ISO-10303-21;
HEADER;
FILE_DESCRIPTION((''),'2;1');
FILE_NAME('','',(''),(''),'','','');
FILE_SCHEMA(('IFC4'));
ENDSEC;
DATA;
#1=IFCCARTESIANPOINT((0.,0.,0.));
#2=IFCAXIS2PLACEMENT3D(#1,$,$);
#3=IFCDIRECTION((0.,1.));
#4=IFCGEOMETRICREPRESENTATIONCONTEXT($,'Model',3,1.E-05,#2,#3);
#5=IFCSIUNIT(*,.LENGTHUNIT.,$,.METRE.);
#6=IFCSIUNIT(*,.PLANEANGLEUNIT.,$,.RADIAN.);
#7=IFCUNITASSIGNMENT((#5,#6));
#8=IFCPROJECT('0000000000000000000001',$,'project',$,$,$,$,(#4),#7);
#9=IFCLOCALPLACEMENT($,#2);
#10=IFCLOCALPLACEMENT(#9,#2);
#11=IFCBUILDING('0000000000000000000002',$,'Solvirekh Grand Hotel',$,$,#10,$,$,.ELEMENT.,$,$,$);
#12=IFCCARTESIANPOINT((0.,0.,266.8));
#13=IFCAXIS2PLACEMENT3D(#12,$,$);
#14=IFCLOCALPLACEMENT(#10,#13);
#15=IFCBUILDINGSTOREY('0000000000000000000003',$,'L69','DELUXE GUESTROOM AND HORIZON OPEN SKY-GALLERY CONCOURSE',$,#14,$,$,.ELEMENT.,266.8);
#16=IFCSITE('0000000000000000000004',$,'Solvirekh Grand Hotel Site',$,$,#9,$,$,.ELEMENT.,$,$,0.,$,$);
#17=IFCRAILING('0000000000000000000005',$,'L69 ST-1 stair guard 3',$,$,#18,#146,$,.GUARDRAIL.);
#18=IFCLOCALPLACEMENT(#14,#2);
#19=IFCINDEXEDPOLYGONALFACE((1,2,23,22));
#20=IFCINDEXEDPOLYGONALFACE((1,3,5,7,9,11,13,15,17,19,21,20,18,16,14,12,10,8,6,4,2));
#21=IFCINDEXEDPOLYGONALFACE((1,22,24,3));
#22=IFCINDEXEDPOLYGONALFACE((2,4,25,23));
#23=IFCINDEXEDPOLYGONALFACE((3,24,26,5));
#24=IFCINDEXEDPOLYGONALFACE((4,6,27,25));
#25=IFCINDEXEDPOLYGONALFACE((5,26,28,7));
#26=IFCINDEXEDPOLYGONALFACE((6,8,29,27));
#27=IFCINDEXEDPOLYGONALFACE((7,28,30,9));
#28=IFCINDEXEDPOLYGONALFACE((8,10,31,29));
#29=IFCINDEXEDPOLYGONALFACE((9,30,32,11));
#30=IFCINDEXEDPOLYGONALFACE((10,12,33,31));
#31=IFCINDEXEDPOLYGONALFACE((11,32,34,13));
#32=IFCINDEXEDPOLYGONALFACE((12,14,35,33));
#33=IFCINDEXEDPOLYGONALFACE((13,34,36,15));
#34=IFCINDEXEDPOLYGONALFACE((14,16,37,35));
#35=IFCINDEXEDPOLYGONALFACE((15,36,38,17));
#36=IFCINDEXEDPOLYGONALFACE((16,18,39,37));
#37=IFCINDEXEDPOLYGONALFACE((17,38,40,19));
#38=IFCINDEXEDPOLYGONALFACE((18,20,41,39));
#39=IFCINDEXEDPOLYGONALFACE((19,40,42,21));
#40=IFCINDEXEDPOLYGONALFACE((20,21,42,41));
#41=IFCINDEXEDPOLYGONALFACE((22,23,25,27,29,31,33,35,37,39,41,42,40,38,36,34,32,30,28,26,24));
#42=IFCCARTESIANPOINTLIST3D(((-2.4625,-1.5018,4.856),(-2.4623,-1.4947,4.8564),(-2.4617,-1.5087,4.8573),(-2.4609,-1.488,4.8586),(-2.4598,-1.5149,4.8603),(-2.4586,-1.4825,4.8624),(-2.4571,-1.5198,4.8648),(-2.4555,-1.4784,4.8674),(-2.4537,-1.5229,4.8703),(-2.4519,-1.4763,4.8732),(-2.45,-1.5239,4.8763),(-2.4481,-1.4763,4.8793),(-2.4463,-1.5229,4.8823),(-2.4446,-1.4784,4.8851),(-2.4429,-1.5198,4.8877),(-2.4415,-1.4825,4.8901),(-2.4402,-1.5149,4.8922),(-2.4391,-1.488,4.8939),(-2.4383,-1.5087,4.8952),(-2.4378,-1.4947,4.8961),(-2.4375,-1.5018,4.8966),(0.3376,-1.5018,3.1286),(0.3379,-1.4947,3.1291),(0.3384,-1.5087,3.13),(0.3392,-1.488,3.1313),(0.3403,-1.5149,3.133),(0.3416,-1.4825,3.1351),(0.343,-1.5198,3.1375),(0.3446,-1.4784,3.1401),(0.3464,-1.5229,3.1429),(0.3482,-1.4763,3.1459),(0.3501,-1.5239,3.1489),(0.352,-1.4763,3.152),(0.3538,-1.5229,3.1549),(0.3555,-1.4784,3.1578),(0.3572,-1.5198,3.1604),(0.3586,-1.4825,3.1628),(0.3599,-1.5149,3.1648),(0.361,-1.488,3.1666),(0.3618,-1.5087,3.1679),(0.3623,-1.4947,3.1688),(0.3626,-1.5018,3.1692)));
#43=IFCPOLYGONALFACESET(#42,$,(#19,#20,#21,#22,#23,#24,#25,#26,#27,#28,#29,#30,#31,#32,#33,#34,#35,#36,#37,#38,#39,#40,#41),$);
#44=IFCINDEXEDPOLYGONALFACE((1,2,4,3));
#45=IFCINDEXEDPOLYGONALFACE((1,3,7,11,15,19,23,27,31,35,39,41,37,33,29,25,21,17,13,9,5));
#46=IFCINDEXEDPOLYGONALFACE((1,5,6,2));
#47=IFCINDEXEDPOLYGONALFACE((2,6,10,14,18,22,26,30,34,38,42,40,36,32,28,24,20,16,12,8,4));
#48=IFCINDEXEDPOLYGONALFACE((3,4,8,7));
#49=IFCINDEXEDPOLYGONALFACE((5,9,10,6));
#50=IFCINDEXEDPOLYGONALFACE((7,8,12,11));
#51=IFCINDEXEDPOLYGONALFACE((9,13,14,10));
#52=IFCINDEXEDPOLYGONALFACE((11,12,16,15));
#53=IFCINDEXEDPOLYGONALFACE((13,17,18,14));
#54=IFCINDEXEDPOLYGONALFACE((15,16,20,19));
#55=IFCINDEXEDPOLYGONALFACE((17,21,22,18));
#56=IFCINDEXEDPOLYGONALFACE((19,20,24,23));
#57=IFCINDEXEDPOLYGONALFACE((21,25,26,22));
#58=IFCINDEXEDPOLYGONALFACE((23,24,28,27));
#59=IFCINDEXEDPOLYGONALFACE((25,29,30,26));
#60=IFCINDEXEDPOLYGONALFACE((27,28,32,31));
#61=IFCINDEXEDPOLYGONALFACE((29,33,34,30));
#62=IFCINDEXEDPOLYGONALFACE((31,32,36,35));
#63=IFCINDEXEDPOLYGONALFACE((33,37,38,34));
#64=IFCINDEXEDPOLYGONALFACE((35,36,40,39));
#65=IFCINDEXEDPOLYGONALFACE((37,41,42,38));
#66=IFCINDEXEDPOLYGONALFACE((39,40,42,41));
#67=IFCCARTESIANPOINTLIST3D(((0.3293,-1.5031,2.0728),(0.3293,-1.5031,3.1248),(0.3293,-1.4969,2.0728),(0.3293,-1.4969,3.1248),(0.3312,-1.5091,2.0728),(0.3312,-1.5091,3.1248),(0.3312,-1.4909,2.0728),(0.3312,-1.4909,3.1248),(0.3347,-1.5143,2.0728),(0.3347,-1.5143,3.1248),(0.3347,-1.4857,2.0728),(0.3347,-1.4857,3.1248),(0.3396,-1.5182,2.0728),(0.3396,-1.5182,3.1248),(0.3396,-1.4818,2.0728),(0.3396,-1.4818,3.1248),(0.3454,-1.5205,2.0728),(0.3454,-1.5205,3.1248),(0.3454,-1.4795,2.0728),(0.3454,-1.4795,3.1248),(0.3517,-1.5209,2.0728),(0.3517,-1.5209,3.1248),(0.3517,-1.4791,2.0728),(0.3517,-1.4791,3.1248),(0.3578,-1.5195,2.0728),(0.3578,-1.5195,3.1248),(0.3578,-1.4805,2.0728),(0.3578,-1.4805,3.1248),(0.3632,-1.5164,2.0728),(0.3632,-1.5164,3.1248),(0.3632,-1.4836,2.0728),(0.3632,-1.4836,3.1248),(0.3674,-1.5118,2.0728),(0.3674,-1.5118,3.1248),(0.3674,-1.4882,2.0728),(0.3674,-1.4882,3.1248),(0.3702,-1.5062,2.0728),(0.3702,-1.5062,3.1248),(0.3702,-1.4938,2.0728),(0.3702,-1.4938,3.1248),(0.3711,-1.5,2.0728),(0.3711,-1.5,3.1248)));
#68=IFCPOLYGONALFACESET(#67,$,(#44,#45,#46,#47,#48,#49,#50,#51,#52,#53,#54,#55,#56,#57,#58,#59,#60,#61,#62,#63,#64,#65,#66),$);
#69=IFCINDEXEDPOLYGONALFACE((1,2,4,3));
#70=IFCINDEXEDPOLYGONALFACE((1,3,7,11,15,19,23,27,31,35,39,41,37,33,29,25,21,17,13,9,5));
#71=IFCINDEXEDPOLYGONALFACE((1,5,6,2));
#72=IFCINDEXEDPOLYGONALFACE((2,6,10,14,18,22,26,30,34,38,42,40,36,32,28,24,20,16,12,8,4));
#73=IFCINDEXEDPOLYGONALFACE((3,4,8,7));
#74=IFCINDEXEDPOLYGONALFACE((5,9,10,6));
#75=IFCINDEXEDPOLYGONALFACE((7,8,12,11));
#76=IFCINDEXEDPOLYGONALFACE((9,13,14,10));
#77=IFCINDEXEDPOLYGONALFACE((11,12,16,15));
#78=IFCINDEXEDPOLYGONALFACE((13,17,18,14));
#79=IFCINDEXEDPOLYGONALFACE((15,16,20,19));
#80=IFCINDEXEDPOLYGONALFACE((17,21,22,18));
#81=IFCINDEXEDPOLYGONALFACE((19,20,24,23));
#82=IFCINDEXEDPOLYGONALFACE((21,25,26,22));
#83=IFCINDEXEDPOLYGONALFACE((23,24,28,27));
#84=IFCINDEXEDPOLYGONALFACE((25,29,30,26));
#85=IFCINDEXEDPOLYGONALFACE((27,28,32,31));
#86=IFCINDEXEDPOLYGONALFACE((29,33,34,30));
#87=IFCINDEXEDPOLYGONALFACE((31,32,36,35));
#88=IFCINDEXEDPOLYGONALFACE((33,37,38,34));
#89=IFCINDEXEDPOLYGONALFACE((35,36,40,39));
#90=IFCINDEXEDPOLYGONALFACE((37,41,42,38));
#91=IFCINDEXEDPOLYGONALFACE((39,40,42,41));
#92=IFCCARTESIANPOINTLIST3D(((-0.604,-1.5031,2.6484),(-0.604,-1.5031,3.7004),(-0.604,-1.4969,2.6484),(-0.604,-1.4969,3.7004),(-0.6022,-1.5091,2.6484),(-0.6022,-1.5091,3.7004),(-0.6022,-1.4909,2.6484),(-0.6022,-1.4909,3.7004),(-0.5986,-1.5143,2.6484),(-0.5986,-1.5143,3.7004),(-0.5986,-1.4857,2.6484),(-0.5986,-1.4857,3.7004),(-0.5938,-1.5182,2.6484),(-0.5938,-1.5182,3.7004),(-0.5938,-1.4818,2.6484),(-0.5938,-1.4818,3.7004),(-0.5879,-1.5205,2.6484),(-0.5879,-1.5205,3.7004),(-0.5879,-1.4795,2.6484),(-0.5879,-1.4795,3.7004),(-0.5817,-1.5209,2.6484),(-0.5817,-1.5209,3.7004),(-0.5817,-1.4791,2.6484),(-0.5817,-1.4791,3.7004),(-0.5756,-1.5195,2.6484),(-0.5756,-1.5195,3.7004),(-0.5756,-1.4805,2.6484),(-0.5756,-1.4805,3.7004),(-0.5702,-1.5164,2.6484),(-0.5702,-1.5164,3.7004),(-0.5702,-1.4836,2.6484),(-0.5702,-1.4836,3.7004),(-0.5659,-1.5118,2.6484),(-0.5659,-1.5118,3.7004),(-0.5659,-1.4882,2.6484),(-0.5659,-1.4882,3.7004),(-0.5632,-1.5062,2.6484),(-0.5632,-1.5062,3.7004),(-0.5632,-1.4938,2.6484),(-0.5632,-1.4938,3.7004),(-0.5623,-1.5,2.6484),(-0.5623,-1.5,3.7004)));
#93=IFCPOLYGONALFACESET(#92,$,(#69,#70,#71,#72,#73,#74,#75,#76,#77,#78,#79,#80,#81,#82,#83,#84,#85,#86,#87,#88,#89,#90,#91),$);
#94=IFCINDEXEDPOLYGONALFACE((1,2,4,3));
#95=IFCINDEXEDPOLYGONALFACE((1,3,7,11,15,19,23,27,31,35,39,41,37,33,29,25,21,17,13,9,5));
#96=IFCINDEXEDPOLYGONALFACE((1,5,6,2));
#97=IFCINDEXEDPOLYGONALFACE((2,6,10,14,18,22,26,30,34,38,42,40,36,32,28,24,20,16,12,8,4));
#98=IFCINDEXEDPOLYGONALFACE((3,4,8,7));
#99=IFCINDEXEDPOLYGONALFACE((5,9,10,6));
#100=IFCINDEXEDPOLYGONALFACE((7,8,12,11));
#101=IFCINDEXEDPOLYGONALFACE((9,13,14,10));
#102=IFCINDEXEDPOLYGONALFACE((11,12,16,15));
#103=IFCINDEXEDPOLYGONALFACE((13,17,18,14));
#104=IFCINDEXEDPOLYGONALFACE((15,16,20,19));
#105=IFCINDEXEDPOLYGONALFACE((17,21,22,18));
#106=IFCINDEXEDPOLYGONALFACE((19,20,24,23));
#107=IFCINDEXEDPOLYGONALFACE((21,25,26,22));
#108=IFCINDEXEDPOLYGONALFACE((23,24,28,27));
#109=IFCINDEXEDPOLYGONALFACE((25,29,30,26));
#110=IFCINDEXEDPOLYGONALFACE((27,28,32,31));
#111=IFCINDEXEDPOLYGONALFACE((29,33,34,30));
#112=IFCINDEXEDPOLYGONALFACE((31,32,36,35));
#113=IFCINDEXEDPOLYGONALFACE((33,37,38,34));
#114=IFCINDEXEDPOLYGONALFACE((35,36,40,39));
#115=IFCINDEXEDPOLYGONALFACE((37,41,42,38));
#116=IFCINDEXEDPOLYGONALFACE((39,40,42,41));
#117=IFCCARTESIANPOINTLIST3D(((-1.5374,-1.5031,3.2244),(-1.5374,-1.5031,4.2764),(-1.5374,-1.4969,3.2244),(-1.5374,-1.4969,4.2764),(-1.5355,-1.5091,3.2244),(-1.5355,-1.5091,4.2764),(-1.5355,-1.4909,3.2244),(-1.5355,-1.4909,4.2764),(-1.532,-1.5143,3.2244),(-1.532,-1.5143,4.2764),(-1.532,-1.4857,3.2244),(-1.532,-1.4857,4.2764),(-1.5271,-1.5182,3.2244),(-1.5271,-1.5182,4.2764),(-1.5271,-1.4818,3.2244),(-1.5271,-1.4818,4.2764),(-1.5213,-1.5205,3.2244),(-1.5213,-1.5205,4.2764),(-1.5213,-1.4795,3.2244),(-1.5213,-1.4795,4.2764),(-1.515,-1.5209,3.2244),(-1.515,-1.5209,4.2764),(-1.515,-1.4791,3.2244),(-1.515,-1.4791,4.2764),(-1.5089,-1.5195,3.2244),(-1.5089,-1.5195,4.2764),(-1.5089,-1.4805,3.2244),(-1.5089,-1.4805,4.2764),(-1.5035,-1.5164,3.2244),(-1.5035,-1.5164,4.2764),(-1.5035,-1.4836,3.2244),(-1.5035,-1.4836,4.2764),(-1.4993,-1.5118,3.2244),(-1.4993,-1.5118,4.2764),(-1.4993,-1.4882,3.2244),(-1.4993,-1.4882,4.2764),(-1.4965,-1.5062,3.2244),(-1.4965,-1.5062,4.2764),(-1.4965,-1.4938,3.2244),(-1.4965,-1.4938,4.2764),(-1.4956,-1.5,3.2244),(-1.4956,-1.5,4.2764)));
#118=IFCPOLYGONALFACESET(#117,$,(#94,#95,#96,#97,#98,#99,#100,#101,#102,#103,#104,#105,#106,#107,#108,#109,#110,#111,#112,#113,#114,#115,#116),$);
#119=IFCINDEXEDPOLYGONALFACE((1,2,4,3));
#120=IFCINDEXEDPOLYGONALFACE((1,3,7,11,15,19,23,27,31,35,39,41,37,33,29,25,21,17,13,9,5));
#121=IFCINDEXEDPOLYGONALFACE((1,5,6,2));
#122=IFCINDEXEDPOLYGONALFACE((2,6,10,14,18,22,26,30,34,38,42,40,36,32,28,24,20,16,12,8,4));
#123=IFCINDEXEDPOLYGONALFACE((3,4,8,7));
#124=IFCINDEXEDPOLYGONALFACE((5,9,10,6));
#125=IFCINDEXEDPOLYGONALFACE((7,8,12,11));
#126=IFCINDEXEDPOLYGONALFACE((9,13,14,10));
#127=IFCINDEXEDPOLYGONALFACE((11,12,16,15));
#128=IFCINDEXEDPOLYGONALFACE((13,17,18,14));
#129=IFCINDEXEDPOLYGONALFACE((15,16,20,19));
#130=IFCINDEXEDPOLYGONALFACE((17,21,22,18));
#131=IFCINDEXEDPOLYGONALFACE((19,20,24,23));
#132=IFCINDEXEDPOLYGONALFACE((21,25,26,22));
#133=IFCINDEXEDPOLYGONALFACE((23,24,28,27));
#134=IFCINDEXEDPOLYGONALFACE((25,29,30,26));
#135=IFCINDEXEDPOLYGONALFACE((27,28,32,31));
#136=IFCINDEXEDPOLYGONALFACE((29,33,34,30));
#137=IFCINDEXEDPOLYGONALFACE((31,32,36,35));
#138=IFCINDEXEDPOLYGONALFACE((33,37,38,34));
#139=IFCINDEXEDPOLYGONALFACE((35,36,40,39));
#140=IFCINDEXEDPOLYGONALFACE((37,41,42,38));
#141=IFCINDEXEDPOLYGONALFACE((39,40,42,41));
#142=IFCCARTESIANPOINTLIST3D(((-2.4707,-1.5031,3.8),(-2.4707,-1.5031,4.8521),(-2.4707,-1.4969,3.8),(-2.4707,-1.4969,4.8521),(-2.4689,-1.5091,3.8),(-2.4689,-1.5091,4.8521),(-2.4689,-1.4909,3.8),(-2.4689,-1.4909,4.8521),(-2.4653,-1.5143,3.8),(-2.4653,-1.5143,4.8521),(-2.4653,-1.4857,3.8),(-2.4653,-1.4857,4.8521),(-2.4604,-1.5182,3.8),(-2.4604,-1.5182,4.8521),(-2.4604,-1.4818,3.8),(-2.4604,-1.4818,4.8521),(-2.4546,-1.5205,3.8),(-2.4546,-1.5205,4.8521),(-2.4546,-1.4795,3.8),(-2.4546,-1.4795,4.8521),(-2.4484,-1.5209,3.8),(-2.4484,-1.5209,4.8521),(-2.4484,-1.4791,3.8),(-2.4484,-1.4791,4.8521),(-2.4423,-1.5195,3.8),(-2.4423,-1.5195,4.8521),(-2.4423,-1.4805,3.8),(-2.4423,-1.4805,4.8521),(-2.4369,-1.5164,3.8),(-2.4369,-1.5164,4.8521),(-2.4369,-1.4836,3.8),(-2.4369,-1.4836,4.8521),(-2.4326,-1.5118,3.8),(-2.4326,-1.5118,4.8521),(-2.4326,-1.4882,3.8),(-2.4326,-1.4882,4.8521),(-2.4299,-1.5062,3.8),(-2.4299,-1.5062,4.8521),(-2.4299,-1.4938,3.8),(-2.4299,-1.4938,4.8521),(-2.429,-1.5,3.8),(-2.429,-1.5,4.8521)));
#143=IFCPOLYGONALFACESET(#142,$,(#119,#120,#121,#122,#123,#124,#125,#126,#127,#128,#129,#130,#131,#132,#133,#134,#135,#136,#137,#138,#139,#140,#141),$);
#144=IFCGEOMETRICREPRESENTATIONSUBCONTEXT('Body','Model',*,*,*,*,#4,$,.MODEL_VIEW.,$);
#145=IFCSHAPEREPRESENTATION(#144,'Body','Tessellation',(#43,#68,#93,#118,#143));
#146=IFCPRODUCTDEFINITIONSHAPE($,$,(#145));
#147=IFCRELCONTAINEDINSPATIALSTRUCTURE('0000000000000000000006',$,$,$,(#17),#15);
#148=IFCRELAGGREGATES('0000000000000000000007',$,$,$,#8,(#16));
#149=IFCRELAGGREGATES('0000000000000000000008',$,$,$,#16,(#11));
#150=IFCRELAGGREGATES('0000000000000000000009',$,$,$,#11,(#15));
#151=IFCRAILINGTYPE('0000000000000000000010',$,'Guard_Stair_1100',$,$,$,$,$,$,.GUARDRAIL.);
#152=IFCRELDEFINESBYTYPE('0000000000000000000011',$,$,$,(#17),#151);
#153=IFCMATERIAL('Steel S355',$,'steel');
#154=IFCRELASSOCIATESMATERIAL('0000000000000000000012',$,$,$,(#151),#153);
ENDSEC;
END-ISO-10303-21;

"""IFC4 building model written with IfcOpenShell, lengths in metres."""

from ifc_helpers import new_model, si_unit, direction, frame, origin, origin_2d, place, context, subcontext, project, spatial, circle, extrude, material, type_object, element, save


model = new_model("IFC4")

# Units and contexts
model_context = context("Model", 3, precision=1e-05, world=origin(), true_north=direction((0.0, 1.0)))
body_context = subcontext(model_context, "Body", "Model", "MODEL_VIEW")
ifc_project = project(units=[si_unit("LENGTHUNIT", "METRE"), si_unit("PLANEANGLEUNIT", "RADIAN")], contexts=[model_context])

# Site, building, storey
site_placement = place(None, origin())
site = spatial("IfcSite", under=ifc_project, at=site_placement, Name="Solvirekh Grand Hotel Site", CompositionType="ELEMENT", RefElevation=0.0)
building_placement = place(site_placement, origin())
building = spatial("IfcBuilding", under=site, at=building_placement, Name="Solvirekh Grand Hotel", CompositionType="ELEMENT")
storey_placement = place(building_placement, frame((0.0, 0.0, 266.8)))
storey = spatial("IfcBuildingStorey", under=building, at=storey_placement, Name="L69", Description="DELUXE GUESTROOM AND HORIZON OPEN SKY-GALLERY CONCOURSE", CompositionType="ELEMENT", Elevation=266.8)

# Shared definitions
ifc_material_1 = material(Name="Steel S355", Category="steel")

# Railing
railing_type_1 = type_object("IfcRailingType", Name="Guard_Stair_1100", PredefinedType="GUARDRAIL", material=ifc_material_1)
railing_1_placement = place(storey_placement, frame((0.3501, -1.5, 2.0728)))
element("IfcRailing", 1, at=railing_1_placement, inside=storey, type_object=railing_type_1, Name="L69 ST-1 stair guard 3", PredefinedType="GUARDRAIL", context=body_context, shape_type="SweptSolid", body=[
    extrude(circle(Radius=0.0239, at=origin_2d()), frame((0.0, 0.0, 1.0762), z_axis=(-0.85109, 0.0, 0.52502), x_axis=(0.0, -1.0, 0.0)), (0.0, 0.0, 1.0), 3.29),
    extrude(circle(Radius=0.021, at=origin_2d()), origin(), (0.0, 0.0, 1.0), 1.052),
    extrude(circle(Radius=0.021, at=origin_2d()), frame((-0.9333, 0.0, 0.5757)), (0.0, 0.0, 1.0), 1.052),
    extrude(circle(Radius=0.021, at=origin_2d()), frame((-1.8667, 0.0, 1.1516)), (0.0, 0.0, 1.0), 1.052),
    extrude(circle(Radius=0.021, at=origin_2d()), frame((-2.8, 0.0, 1.7273)), (0.0, 0.0, 1.0), 1.052),
])

save(model, "model.ifc")
